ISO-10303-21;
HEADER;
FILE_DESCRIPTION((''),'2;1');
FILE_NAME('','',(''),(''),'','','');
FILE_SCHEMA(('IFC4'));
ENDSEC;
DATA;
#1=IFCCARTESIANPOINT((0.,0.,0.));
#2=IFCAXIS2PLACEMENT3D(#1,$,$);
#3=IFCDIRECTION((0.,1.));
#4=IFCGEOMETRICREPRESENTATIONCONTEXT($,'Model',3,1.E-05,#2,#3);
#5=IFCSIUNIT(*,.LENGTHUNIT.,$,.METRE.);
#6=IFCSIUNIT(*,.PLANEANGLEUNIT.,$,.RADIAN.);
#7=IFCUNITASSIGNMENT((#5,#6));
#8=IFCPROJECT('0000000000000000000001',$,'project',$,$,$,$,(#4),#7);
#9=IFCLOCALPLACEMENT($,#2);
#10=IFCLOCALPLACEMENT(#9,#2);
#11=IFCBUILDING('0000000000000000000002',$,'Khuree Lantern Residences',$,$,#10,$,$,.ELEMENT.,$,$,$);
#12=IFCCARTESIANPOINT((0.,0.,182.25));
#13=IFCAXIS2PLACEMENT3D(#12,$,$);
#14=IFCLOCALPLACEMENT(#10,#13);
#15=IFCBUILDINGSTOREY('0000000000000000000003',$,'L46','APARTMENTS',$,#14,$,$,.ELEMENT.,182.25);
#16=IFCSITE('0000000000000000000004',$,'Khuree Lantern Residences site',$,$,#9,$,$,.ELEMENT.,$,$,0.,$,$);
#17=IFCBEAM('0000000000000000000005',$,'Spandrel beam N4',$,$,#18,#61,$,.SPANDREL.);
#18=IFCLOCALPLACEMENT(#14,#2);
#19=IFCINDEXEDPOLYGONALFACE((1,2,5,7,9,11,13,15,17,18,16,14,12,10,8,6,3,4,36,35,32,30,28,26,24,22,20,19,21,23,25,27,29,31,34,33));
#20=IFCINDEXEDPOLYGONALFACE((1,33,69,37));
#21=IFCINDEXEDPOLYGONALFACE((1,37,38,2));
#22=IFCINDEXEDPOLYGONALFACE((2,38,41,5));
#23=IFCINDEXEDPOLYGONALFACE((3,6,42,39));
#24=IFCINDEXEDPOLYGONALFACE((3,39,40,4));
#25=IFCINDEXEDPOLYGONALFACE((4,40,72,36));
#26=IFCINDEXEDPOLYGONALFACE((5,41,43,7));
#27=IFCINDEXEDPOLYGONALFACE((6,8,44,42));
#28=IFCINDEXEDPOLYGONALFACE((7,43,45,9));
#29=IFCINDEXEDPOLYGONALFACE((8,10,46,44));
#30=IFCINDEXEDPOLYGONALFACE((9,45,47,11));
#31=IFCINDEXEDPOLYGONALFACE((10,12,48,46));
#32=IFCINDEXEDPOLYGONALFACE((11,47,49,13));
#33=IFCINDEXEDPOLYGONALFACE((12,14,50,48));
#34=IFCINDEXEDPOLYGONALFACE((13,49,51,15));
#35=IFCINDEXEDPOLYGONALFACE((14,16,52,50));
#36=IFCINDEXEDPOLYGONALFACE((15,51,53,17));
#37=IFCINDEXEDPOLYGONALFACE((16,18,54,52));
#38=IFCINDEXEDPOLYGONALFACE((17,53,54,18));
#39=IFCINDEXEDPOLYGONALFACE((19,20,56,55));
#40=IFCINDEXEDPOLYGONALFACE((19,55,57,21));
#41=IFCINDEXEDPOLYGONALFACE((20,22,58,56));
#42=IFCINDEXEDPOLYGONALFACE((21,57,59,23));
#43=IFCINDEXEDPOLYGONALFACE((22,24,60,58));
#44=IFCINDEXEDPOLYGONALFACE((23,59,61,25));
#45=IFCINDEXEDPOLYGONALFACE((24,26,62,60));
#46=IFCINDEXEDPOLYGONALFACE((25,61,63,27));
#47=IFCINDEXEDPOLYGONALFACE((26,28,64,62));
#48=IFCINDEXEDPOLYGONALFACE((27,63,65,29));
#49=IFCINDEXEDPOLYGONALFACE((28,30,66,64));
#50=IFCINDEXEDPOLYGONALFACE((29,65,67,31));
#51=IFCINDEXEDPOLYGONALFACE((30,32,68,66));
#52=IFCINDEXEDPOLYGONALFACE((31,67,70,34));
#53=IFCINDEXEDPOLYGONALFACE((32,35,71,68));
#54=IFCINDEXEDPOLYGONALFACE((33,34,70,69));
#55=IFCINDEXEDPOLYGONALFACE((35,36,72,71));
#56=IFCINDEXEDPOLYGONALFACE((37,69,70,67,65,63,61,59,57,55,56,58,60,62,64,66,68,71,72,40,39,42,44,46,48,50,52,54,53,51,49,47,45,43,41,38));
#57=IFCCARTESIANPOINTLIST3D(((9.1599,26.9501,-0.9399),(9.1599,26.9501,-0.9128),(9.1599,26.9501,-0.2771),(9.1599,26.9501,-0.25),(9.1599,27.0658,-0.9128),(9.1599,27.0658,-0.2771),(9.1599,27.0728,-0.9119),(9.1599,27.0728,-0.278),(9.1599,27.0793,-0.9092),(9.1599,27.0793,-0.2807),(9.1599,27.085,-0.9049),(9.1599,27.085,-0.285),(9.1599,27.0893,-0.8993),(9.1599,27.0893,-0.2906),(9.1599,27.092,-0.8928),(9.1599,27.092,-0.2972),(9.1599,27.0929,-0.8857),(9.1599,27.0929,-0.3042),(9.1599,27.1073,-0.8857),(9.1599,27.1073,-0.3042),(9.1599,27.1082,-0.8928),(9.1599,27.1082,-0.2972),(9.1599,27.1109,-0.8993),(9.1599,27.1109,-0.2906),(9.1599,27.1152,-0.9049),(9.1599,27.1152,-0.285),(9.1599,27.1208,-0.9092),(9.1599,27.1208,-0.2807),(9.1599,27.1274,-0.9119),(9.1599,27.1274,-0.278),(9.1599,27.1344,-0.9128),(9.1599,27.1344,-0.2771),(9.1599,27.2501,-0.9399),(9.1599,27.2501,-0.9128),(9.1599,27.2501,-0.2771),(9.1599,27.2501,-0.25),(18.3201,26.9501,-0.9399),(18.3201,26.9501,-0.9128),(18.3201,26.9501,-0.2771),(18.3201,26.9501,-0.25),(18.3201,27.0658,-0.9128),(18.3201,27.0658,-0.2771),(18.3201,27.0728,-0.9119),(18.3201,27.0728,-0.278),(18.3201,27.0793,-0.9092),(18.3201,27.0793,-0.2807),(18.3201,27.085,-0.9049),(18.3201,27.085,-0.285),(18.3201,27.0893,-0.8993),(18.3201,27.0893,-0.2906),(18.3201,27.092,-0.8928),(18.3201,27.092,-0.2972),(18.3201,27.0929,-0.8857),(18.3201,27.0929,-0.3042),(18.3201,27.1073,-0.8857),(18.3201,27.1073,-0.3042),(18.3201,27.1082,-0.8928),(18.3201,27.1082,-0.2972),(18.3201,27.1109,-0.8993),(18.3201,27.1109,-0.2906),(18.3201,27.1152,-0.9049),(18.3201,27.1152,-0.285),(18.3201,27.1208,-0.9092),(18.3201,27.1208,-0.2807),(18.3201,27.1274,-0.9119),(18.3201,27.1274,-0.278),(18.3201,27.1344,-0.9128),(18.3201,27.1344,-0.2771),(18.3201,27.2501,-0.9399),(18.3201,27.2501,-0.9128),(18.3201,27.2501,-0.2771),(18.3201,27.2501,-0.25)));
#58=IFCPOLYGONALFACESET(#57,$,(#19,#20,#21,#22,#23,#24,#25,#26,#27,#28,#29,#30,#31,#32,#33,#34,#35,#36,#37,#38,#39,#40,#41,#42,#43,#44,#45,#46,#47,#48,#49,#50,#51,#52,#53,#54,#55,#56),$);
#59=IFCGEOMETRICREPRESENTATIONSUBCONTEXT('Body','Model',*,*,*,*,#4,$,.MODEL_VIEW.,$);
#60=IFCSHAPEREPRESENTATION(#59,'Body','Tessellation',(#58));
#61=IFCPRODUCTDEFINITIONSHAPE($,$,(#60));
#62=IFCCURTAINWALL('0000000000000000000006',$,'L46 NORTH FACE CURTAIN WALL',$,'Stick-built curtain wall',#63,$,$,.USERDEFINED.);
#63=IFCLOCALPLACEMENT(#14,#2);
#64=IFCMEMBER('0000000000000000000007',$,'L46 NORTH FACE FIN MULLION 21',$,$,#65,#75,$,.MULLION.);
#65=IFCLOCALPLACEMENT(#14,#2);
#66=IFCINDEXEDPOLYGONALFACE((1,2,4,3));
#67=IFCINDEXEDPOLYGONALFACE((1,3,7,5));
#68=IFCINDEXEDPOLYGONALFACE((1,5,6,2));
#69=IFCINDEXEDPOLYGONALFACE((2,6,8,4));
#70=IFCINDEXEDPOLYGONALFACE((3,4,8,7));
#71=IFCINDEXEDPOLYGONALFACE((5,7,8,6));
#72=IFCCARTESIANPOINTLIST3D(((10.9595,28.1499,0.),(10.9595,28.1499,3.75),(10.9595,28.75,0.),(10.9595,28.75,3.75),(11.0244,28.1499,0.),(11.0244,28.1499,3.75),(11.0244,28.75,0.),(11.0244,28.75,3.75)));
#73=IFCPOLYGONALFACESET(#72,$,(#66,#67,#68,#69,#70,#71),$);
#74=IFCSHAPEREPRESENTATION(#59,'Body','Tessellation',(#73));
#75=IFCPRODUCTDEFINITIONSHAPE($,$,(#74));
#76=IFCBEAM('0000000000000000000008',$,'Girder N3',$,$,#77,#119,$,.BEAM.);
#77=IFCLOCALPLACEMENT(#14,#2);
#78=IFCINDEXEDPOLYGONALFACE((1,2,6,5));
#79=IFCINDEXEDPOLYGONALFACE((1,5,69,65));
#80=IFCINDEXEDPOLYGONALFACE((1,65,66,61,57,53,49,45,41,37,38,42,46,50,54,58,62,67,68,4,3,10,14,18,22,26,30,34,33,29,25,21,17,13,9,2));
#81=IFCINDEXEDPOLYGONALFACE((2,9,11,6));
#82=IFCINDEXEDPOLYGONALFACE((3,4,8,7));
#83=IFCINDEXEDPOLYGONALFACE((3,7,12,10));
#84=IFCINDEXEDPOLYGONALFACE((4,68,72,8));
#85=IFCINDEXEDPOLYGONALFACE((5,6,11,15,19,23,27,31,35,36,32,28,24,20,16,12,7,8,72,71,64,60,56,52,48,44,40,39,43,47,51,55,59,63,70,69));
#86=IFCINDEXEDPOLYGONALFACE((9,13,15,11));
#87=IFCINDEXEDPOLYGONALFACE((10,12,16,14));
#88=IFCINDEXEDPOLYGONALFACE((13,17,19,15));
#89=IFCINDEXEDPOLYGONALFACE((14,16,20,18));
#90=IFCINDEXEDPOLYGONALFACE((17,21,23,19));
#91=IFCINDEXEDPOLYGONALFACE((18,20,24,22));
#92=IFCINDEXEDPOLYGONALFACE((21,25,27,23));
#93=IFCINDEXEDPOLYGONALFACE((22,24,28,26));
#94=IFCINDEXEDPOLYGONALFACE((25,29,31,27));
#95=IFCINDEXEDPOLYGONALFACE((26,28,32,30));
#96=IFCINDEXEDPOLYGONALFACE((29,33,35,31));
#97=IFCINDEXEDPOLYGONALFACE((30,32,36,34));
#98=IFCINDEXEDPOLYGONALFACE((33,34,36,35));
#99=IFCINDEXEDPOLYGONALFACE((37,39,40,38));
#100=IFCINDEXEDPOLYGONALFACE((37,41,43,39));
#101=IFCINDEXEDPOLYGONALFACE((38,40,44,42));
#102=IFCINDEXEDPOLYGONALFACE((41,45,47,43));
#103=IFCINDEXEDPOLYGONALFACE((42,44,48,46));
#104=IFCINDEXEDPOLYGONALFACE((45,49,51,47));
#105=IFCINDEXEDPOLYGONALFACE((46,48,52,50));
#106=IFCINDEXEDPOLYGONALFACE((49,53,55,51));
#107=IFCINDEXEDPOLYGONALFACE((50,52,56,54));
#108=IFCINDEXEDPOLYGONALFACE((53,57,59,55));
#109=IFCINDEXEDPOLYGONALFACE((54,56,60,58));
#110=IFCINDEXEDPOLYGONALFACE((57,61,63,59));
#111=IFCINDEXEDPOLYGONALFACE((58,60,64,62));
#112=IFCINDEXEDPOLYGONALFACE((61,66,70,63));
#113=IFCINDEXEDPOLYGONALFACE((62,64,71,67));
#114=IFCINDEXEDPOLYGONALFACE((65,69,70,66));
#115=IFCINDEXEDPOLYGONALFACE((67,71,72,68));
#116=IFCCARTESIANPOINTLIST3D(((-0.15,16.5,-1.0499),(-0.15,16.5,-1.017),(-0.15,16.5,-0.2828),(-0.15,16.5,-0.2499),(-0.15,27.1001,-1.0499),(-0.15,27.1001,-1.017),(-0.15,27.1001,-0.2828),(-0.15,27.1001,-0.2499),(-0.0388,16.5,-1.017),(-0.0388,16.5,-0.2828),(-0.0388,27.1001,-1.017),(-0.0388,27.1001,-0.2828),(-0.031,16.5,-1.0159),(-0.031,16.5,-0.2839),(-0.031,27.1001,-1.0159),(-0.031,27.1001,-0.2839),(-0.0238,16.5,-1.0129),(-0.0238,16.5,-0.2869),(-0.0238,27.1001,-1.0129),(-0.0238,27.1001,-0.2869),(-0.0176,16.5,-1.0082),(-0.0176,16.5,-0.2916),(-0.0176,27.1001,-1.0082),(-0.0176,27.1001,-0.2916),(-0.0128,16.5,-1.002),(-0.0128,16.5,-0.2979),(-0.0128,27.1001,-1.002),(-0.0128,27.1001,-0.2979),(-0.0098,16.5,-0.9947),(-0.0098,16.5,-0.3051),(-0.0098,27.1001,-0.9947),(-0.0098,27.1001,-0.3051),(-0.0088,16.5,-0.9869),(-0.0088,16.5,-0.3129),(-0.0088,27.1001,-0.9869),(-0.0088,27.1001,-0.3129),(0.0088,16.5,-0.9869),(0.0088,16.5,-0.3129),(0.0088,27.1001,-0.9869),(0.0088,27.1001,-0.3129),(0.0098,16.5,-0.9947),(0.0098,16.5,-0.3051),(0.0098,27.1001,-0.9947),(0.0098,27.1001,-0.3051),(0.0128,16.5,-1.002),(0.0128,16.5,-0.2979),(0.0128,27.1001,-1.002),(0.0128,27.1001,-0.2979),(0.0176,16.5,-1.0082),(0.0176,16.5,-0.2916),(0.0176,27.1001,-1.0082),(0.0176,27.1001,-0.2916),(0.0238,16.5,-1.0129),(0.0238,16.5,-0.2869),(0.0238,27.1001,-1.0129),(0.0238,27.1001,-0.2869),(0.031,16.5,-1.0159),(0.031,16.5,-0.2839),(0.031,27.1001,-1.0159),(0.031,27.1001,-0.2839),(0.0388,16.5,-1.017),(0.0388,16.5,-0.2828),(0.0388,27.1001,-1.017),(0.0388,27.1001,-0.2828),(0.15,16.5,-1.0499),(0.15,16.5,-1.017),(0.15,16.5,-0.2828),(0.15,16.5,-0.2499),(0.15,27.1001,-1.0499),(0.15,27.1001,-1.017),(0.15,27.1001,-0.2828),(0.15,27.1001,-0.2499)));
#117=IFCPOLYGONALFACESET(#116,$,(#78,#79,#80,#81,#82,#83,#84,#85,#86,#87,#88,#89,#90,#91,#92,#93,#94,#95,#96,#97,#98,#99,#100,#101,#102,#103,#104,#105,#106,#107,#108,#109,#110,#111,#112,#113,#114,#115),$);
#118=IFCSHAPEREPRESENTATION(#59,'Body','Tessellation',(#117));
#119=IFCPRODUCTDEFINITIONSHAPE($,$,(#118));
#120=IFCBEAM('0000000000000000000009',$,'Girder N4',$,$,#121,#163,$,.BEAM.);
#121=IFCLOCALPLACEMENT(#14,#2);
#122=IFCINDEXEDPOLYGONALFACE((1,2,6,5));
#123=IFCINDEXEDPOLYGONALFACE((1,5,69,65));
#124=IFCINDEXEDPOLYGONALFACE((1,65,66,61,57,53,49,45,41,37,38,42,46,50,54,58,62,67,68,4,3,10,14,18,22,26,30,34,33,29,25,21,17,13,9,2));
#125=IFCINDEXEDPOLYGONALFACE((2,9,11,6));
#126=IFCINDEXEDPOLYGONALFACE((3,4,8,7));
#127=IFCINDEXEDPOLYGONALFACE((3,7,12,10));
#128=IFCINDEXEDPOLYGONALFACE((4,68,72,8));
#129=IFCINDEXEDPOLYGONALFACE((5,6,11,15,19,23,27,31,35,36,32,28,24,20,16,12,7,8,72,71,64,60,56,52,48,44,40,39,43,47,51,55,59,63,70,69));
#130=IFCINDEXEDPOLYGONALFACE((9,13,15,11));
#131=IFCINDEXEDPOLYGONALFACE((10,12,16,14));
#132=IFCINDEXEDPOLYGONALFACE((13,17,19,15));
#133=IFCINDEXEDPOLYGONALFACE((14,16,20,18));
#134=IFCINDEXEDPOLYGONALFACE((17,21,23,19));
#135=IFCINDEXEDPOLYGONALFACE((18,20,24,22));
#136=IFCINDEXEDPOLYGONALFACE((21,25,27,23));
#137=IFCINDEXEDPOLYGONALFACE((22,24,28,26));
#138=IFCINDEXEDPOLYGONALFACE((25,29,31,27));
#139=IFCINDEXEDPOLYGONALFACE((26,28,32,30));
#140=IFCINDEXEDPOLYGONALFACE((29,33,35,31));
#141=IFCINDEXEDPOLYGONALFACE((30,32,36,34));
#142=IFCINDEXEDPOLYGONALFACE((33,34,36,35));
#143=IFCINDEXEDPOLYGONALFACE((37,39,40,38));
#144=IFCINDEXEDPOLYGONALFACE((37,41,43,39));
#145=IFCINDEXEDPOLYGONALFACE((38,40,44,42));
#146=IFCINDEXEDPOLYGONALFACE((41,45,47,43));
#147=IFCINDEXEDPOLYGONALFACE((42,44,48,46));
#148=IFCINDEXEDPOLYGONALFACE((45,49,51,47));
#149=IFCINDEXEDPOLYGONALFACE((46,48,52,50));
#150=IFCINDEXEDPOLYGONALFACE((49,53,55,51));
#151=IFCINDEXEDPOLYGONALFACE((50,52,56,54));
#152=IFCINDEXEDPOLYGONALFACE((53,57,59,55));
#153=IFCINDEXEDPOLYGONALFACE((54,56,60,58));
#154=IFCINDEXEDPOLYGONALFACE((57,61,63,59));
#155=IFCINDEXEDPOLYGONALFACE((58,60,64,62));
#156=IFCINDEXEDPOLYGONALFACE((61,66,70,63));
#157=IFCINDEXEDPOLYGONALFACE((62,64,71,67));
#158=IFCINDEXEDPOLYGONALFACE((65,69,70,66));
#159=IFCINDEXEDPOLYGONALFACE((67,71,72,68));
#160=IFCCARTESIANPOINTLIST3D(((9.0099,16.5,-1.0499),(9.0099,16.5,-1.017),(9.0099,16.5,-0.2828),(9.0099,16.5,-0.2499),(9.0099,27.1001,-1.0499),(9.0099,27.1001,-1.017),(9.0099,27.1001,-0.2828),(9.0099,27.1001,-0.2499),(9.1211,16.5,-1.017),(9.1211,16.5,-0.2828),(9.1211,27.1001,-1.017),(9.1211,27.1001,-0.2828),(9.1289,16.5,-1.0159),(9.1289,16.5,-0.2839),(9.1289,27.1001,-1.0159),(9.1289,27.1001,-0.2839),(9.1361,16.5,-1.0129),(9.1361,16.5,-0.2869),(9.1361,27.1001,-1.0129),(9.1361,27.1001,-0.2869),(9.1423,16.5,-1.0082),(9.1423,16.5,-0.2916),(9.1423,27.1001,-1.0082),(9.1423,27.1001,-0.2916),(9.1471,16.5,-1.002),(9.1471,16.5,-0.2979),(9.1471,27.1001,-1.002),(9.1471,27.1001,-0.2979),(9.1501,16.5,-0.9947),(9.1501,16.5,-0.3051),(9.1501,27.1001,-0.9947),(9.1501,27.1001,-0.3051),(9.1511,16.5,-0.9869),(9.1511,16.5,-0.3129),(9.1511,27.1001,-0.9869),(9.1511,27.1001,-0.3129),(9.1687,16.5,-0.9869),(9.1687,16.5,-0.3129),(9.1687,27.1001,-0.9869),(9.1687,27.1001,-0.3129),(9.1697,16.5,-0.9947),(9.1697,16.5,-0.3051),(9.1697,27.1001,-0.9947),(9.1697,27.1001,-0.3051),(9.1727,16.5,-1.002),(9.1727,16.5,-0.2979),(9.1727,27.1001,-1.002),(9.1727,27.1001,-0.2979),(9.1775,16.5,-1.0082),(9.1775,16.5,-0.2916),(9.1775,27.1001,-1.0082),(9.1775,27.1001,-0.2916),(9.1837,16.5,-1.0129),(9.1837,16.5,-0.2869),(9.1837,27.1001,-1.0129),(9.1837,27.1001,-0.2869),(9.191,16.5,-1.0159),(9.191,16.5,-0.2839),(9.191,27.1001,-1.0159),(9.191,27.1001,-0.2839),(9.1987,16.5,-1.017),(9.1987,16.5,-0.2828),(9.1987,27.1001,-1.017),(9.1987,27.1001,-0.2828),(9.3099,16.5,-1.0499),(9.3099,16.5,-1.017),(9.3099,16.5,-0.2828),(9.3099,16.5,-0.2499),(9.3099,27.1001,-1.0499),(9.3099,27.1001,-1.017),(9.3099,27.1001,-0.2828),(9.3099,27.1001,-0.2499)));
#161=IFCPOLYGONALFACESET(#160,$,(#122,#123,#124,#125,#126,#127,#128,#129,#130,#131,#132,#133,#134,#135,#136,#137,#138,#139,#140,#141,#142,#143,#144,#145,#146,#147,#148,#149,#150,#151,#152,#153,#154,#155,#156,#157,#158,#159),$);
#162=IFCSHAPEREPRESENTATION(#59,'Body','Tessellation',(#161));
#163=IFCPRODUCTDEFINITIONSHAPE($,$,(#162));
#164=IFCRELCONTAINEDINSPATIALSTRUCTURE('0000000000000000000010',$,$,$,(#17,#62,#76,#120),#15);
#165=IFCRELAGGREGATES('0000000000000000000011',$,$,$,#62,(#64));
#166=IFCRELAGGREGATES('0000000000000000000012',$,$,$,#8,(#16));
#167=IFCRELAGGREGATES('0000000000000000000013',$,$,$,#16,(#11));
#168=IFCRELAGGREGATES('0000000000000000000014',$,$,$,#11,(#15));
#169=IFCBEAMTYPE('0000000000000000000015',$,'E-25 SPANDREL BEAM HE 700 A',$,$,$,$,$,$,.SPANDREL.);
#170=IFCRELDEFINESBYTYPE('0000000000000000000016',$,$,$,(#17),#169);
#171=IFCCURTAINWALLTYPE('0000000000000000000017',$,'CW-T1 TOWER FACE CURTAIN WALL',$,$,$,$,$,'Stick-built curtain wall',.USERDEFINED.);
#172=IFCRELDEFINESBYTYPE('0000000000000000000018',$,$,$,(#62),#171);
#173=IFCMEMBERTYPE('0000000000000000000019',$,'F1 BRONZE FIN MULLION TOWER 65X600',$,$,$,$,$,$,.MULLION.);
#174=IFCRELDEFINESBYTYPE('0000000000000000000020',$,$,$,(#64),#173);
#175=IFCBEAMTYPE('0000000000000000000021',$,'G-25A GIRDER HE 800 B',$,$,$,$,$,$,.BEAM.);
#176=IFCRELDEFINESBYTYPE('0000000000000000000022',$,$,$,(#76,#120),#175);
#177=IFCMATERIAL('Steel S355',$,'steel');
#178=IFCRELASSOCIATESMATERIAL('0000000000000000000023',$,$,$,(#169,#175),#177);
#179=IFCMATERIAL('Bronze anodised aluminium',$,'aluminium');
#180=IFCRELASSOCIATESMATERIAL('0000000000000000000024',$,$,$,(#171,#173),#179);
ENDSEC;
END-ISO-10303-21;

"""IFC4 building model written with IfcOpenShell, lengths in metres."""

from ifc_helpers import new_model, si_unit, direction, frame, origin, origin_2d, place, context, subcontext, project, spatial, rectangle, i_section, extrude, material, material_profile, profile_set, type_object, element, aggregate, save


model = new_model("IFC4")

# Units and contexts
model_context = context("Model", 3, precision=1e-05, world=origin(), true_north=direction((0.0, 1.0)))
body_context = subcontext(model_context, "Body", "Model", "MODEL_VIEW")
ifc_project = project(units=[si_unit("LENGTHUNIT", "METRE"), si_unit("PLANEANGLEUNIT", "RADIAN")], contexts=[model_context])

# Site, building, storey
site_placement = place(None, origin())
site = spatial("IfcSite", under=ifc_project, at=site_placement, Name="Khuree Lantern Residences site", CompositionType="ELEMENT", RefElevation=0.0)
building_placement = place(site_placement, origin())
building = spatial("IfcBuilding", under=site, at=building_placement, Name="Khuree Lantern Residences", CompositionType="ELEMENT")
storey_placement = place(building_placement, frame((0.0, 0.0, 182.25)))
storey = spatial("IfcBuildingStorey", under=building, at=storey_placement, Name="L46", Description="APARTMENTS", CompositionType="ELEMENT", Elevation=182.25)

# Beam
ifc_material_1 = material(Name="Steel S355", Category="steel")
ifc_material_profile_1 = material_profile(ifc_material_1, i_section(OverallWidth=0.3, OverallDepth=0.6899, WebThickness=0.0144, FlangeThickness=0.0271, FilletRadius=0.0271, at=origin_2d()), Name="HE 700 A")
ifc_profile_set_1 = profile_set([ifc_material_profile_1], Name="Steel S355")
beam_type_1 = type_object("IfcBeamType", Name="E-25 SPANDREL BEAM HE 700 A", PredefinedType="SPANDREL", material=ifc_profile_set_1)
beam_1_placement = place(storey_placement, frame((9.1599, 27.1001, -0.595), z_axis=(1.0, 0.0, 0.0), x_axis=(0.0, 1.0, 0.0)))
element("IfcBeam", 1, at=beam_1_placement, inside=storey, type_object=beam_type_1, Name="Spandrel beam N4", PredefinedType="SPANDREL", context=body_context, shape_type="SweptSolid", body=[
    extrude(i_section(OverallWidth=0.3, OverallDepth=0.6899, WebThickness=0.0144, FlangeThickness=0.0271, FilletRadius=0.0271, at=origin_2d()), origin(), (0.0, 0.0, 1.0), 9.1602),
])

# Curtain wall, member
ifc_material_2 = material(Name="Bronze anodised aluminium", Category="aluminium")
curtain_wall_type = type_object("IfcCurtainWallType", Name="CW-T1 TOWER FACE CURTAIN WALL", ElementType="Stick-built curtain wall", PredefinedType="USERDEFINED", material=ifc_material_2)
curtain_wall_placement = place(storey_placement, origin())
curtain_wall = element("IfcCurtainWall", 2, at=curtain_wall_placement, inside=storey, type_object=curtain_wall_type, Name="L46 NORTH FACE CURTAIN WALL", ObjectType="Stick-built curtain wall", PredefinedType="USERDEFINED")
ifc_material_profile_2 = material_profile(ifc_material_2, rectangle(XDim=0.0649, YDim=0.6001, at=origin_2d()), Name="F1 65X600")
ifc_profile_set_2 = profile_set([ifc_material_profile_2], Name="Bronze anodised aluminium")
member_type_1 = type_object("IfcMemberType", Name="F1 BRONZE FIN MULLION TOWER 65X600", PredefinedType="MULLION", material=ifc_profile_set_2)
member_1_placement = place(storey_placement, frame((10.9919, 28.45, 0.0), z_axis=(0.0, 0.0, 1.0), x_axis=(-1.0, 0.0, 0.0)))
member_1 = element("IfcMember", 3, at=member_1_placement, type_object=member_type_1, Name="L46 NORTH FACE FIN MULLION 21", PredefinedType="MULLION", context=body_context, shape_type="SweptSolid", body=[
    extrude(rectangle(XDim=0.0649, YDim=0.6001, at=origin_2d()), origin(), (0.0, 0.0, 1.0), 3.75),
])

# Beams
ifc_material_profile_3 = material_profile(ifc_material_1, i_section(OverallWidth=0.3, OverallDepth=0.8, WebThickness=0.0176, FlangeThickness=0.033, FilletRadius=0.03, at=origin_2d()), Name="HE 800 B")
ifc_profile_set_3 = profile_set([ifc_material_profile_3], Name="Steel S355")
beam_type_2 = type_object("IfcBeamType", Name="G-25A GIRDER HE 800 B", PredefinedType="BEAM", material=ifc_profile_set_3)
for number, where, z_axis, x_axis, name in (
    (4, (0.0, 27.1001, -0.6499), (0.0, -1.0, 0.0), (1.0, 0.0, 0.0), "Girder N3"),
    (5, (9.1599, 27.1001, -0.6499), (0.0, -1.0, 0.0), (1.0, 0.0, 0.0), "Girder N4"),
):
    element("IfcBeam", number, at=place(storey_placement, frame(where, z_axis=z_axis, x_axis=x_axis)), inside=storey, type_object=beam_type_2, Name=name, PredefinedType="BEAM", context=body_context, shape_type="SweptSolid", body=[
        extrude(i_section(OverallWidth=0.3, OverallDepth=0.8, WebThickness=0.0176, FlangeThickness=0.033, FilletRadius=0.03, at=origin_2d()), origin(), (0.0, 0.0, 1.0), 10.6001),
    ])

aggregate(curtain_wall, [member_1])

save(model, "model.ifc")
